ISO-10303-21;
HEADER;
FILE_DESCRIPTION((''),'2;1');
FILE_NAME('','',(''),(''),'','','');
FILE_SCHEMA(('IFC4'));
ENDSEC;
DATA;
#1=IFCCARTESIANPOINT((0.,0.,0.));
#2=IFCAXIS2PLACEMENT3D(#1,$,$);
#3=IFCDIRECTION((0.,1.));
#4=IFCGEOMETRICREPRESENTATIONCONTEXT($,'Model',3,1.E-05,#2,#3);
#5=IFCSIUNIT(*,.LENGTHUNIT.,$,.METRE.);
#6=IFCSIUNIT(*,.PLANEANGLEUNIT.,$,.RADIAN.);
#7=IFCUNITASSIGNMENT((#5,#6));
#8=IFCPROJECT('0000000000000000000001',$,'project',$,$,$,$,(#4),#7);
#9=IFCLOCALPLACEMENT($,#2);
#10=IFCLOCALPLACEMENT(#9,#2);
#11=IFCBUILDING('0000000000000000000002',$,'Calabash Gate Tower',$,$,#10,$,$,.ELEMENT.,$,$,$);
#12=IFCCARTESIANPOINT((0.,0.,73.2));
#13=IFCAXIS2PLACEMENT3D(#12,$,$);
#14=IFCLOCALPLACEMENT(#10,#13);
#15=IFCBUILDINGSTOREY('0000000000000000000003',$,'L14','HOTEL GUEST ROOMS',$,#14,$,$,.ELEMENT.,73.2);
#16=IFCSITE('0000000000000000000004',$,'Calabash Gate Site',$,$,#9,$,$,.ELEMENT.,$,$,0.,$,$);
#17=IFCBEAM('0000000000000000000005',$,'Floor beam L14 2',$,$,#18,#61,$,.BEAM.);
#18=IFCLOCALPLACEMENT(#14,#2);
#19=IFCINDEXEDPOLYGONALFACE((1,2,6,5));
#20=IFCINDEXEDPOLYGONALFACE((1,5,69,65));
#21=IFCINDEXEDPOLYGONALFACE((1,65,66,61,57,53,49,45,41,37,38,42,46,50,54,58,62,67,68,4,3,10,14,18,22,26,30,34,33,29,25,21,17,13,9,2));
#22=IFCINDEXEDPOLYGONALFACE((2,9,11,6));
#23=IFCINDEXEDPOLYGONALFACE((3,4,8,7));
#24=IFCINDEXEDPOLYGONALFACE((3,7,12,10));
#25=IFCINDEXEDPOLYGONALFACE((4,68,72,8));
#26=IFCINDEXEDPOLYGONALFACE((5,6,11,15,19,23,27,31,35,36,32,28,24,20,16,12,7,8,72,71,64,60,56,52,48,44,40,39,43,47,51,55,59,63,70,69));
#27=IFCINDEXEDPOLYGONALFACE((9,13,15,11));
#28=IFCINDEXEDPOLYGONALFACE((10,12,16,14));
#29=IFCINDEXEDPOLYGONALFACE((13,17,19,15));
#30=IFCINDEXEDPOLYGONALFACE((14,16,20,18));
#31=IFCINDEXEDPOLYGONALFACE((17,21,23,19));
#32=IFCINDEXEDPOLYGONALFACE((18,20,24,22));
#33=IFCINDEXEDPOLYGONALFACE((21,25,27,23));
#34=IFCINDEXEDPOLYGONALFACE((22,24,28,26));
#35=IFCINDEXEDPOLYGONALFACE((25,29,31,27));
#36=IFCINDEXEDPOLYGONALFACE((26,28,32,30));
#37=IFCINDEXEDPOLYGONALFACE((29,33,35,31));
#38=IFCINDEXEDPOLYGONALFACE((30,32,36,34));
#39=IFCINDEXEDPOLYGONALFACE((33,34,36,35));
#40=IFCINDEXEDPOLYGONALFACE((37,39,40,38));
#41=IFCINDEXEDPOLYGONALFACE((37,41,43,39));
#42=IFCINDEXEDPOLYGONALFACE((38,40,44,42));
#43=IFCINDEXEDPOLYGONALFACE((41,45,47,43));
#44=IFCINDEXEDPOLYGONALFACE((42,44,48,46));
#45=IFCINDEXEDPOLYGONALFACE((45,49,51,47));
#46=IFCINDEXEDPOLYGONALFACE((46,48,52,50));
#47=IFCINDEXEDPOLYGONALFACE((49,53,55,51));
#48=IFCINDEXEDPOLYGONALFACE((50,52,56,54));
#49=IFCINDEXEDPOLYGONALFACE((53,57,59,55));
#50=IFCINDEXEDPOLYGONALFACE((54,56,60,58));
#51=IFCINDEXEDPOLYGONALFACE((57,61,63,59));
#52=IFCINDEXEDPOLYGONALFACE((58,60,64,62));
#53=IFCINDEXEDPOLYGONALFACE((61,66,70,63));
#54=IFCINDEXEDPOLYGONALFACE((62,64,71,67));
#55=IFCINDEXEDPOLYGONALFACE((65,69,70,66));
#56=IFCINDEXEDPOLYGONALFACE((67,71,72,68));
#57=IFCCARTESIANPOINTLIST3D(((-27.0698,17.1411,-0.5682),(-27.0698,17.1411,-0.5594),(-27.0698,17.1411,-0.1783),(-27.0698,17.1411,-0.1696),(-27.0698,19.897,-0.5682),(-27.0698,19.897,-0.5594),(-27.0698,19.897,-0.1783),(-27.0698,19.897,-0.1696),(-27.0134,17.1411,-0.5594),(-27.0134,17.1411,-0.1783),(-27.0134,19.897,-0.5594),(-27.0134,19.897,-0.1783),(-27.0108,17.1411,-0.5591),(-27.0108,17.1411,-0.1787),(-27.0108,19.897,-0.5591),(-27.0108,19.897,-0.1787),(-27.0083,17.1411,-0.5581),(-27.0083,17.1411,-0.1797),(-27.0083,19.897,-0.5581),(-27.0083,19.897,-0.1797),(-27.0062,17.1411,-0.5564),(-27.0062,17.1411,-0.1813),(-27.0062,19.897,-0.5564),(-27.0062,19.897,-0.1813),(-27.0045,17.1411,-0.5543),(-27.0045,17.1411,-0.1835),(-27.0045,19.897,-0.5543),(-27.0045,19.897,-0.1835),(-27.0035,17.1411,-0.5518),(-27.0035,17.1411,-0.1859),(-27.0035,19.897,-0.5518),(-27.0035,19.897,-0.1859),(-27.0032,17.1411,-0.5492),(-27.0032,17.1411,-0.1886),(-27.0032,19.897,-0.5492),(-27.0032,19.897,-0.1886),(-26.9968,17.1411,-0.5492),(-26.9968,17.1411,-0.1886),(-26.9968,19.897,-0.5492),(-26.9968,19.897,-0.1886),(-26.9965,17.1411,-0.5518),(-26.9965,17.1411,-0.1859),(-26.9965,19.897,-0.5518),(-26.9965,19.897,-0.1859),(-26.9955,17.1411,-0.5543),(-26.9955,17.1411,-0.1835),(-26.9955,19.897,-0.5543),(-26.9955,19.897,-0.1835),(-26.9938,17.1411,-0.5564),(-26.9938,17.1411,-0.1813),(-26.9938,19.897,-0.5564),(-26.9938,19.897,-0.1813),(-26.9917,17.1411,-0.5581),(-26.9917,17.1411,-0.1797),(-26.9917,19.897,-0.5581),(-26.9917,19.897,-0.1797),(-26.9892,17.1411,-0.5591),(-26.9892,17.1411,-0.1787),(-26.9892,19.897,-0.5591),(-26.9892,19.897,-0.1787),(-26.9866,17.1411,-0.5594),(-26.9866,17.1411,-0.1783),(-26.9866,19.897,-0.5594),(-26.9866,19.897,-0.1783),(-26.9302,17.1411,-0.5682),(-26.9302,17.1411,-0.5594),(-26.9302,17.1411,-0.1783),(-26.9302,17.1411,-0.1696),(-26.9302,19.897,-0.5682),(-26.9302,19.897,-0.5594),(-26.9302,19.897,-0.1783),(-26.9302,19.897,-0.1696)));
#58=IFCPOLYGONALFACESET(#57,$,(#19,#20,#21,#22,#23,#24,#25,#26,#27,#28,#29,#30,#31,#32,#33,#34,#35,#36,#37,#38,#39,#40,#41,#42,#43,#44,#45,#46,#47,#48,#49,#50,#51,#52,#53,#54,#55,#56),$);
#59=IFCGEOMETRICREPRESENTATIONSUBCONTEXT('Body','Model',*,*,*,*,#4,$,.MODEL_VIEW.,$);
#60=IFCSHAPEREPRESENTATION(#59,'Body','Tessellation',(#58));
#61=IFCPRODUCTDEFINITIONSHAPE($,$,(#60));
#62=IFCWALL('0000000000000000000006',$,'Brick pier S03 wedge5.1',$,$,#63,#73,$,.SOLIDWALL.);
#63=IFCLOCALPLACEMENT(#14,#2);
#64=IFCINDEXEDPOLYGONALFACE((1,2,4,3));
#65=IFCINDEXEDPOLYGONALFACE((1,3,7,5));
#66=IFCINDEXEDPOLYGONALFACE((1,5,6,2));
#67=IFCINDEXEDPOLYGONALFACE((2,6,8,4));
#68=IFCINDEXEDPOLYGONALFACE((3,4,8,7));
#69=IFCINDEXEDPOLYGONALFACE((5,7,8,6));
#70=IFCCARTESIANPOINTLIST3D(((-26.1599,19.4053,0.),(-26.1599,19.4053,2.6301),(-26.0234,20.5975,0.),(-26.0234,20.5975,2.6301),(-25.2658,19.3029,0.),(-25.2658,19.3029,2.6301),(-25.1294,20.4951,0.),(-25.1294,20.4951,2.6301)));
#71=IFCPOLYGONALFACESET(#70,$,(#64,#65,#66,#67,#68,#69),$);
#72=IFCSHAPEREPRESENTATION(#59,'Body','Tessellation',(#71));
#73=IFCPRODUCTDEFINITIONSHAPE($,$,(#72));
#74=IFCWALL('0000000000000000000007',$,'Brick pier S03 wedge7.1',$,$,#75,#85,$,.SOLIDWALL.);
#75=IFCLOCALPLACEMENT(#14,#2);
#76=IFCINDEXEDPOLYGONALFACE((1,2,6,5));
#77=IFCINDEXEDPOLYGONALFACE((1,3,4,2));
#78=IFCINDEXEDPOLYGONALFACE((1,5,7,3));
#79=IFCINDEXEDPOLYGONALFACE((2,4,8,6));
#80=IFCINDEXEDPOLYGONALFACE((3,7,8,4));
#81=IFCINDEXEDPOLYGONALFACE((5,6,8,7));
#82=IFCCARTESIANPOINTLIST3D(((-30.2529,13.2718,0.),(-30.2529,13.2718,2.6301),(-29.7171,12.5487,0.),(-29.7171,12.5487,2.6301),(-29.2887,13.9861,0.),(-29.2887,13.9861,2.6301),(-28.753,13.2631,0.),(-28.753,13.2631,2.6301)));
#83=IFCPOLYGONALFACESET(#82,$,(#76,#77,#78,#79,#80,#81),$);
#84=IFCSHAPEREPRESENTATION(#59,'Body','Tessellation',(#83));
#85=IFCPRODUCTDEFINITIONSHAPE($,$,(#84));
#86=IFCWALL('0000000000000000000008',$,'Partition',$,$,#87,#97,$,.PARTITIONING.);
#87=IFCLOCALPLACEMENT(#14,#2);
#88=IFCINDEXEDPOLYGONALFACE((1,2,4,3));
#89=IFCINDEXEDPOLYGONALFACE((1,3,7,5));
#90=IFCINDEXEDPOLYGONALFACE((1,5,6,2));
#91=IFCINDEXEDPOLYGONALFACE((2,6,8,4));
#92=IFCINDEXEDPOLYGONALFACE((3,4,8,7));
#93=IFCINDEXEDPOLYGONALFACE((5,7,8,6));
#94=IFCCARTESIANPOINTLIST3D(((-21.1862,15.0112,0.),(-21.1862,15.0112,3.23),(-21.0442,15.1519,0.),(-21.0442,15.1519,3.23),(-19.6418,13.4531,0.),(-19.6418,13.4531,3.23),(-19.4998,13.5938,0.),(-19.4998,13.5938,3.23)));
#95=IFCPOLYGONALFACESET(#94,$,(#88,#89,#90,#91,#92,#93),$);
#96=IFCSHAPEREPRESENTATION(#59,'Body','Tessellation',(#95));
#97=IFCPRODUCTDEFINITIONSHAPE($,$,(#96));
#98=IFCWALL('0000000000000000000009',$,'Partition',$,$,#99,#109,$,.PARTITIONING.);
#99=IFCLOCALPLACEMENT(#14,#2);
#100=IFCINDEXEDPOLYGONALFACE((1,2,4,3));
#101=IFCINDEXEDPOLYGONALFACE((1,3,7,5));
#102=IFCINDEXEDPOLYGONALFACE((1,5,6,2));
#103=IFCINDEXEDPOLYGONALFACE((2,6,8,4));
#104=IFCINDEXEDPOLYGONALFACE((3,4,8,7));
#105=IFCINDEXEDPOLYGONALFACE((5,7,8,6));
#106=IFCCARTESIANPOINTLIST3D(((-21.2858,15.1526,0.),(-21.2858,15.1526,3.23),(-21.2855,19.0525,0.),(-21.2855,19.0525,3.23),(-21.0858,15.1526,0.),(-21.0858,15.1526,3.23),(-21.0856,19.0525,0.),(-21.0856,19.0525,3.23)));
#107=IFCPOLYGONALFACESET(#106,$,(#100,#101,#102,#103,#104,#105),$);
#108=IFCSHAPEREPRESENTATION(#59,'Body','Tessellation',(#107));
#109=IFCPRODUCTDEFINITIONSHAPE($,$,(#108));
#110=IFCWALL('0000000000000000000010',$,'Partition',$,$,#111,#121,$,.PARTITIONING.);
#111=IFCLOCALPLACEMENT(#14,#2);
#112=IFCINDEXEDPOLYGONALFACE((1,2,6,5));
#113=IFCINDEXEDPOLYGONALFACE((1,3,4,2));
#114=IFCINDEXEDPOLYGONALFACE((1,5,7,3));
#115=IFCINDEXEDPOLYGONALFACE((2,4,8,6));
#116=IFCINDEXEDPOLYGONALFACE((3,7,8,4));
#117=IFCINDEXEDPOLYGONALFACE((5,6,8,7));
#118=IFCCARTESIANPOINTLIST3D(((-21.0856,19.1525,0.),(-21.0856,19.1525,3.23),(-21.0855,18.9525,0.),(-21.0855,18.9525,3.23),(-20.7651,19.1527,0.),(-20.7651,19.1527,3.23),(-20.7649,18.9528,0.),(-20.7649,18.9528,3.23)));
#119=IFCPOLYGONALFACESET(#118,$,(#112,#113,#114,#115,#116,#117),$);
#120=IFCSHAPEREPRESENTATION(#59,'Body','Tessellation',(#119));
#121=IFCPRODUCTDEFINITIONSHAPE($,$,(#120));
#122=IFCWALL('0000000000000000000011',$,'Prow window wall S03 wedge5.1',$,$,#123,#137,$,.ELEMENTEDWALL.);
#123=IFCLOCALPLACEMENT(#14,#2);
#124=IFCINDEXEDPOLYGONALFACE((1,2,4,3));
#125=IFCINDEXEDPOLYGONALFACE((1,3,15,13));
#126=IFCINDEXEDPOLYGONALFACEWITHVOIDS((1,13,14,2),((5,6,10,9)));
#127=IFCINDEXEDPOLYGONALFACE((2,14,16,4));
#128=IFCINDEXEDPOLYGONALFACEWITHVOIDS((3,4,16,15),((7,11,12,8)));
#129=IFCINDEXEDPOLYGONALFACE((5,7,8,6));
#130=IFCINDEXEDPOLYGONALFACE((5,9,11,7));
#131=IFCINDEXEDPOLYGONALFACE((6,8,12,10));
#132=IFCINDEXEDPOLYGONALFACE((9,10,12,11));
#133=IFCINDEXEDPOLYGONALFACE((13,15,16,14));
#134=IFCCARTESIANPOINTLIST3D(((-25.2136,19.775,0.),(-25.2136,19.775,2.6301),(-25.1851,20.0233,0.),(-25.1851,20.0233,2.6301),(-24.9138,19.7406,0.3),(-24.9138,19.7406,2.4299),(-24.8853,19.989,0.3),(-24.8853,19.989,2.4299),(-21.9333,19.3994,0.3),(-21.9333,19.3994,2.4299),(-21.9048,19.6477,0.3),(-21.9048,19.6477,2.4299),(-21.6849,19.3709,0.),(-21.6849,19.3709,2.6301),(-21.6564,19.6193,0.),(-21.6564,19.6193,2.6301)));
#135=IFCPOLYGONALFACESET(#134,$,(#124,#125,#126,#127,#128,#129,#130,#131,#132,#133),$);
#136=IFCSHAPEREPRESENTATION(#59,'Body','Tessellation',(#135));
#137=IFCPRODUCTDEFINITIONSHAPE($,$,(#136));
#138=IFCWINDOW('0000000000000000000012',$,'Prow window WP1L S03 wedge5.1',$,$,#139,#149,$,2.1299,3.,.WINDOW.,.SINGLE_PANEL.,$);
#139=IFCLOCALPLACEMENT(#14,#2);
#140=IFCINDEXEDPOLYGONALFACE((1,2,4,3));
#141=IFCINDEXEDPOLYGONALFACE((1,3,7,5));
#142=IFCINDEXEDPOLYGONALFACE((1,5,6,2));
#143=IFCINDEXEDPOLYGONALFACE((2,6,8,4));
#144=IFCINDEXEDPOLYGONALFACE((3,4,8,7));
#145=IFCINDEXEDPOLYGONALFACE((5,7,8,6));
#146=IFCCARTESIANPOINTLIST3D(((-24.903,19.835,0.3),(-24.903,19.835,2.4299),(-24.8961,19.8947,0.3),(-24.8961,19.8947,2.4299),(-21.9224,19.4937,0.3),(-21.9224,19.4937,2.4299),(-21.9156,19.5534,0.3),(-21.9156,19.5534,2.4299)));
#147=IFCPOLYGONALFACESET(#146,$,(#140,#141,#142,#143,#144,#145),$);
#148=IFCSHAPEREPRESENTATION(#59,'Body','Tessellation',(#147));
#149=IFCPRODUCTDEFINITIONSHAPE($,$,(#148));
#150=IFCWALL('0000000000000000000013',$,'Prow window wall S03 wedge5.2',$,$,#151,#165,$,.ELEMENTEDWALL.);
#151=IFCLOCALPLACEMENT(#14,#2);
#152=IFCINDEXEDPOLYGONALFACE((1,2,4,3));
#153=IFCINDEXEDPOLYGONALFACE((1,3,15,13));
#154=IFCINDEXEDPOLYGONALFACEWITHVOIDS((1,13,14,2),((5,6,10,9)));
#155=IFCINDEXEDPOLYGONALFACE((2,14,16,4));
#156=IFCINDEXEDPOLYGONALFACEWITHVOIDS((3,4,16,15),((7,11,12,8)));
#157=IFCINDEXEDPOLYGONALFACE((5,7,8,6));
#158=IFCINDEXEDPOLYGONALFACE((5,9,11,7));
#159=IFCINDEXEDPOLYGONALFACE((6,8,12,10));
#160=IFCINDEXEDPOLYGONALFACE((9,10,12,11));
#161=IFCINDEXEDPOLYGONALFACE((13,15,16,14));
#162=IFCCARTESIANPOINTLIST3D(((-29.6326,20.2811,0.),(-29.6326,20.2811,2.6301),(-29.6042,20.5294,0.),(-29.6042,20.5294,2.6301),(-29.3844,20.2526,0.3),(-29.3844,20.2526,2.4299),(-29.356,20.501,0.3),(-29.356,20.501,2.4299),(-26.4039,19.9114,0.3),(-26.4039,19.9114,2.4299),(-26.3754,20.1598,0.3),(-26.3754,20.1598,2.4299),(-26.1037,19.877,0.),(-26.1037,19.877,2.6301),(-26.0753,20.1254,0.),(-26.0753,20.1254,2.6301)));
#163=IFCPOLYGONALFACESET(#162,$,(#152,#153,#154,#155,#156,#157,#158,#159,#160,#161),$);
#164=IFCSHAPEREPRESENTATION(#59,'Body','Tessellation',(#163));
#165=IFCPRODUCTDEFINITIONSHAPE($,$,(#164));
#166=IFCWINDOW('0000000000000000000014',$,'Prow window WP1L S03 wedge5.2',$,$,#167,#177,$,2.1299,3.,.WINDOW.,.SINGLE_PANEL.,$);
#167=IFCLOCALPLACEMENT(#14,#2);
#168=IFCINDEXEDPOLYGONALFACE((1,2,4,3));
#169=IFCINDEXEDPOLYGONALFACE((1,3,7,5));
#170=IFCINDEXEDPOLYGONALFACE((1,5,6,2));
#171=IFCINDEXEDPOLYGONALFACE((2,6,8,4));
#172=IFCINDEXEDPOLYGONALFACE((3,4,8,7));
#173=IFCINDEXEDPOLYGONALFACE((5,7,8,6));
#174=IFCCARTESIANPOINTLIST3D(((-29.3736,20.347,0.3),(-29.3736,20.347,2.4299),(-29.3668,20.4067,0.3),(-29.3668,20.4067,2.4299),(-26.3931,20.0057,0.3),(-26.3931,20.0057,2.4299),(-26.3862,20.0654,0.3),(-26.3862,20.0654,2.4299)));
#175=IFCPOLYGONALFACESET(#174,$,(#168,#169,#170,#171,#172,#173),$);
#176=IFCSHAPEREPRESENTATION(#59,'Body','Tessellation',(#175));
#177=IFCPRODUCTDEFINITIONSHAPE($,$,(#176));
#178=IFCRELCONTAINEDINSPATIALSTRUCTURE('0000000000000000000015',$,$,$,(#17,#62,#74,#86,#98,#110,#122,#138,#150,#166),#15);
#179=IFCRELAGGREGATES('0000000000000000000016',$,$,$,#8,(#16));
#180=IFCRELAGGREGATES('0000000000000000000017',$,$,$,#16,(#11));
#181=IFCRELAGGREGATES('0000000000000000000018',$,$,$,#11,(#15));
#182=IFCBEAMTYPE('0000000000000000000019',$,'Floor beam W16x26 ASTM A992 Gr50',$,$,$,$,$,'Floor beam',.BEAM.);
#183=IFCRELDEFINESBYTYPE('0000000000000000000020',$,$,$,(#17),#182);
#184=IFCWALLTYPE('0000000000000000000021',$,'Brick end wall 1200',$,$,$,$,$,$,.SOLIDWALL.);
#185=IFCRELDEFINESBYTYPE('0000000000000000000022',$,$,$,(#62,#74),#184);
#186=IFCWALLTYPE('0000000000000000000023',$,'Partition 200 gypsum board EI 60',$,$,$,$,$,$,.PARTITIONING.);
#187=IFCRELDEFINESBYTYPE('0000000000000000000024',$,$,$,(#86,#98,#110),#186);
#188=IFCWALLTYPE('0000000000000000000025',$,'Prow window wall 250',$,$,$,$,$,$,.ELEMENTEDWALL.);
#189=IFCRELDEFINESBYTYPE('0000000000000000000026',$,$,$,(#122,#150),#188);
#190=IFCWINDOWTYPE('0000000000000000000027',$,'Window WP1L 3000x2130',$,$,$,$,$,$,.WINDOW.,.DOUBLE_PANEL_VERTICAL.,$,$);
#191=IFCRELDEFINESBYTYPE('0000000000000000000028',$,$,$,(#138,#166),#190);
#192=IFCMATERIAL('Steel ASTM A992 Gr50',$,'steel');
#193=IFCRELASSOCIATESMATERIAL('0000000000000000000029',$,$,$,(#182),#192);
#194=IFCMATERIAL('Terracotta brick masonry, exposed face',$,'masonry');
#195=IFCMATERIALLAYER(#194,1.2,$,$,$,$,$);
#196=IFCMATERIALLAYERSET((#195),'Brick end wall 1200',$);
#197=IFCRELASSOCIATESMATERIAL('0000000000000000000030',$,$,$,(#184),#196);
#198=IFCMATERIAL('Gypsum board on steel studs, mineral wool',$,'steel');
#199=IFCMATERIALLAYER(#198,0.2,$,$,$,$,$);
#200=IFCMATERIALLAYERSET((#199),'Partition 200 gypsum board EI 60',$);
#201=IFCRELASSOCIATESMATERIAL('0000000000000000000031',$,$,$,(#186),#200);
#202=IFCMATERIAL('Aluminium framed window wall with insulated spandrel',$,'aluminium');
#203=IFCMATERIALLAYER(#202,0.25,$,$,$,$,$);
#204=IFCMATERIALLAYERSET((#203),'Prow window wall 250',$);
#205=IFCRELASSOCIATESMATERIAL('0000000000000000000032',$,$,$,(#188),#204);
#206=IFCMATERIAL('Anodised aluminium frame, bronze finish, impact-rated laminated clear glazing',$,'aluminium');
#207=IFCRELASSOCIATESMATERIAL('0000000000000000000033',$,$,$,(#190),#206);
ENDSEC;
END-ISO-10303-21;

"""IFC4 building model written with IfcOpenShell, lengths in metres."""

from ifc_helpers import new_model, si_unit, direction, frame, frame_2d, origin, origin_2d, place, context, subcontext, project, spatial, rectangle, i_section, extrude, material, layer, layer_set, material_profile, profile_set, type_object, element, fill, save


model = new_model("IFC4")

# Units and contexts
model_context = context("Model", 3, precision=1e-05, world=origin(), true_north=direction((0.0, 1.0)))
body_context = subcontext(model_context, "Body", "Model", "MODEL_VIEW")
ifc_project = project(units=[si_unit("LENGTHUNIT", "METRE"), si_unit("PLANEANGLEUNIT", "RADIAN")], contexts=[model_context])

# Site, building, storey
site_placement = place(None, origin())
site = spatial("IfcSite", under=ifc_project, at=site_placement, Name="Calabash Gate Site", CompositionType="ELEMENT", RefElevation=0.0)
building_placement = place(site_placement, origin())
building = spatial("IfcBuilding", under=site, at=building_placement, Name="Calabash Gate Tower", CompositionType="ELEMENT")
storey_placement = place(building_placement, frame((0.0, 0.0, 73.2)))
storey = spatial("IfcBuildingStorey", under=building, at=storey_placement, Name="L14", Description="HOTEL GUEST ROOMS", CompositionType="ELEMENT", Elevation=73.2)

# Beam
ifc_material_1 = material(Name="Steel ASTM A992 Gr50", Category="steel")
ifc_material_profile_1 = material_profile(ifc_material_1, i_section(OverallWidth=0.1396, OverallDepth=0.3987, WebThickness=0.0063, FlangeThickness=0.0088, FilletRadius=0.0103, at=origin_2d()))
ifc_profile_set_1 = profile_set([ifc_material_profile_1], Name="Steel ASTM A992 Gr50")
beam_type_1 = type_object("IfcBeamType", Name="Floor beam W16x26 ASTM A992 Gr50", ElementType="Floor beam", PredefinedType="BEAM", material=ifc_profile_set_1)
beam_1_placement = place(storey_placement, frame((-27.0, 17.1411, -0.3689), z_axis=(0.0, 1.0, 0.0), x_axis=(-1.0, 0.0, 0.0)))
element("IfcBeam", 1, at=beam_1_placement, inside=storey, type_object=beam_type_1, Name="Floor beam L14 2", PredefinedType="BEAM", context=body_context, shape_type="SweptSolid", body=[
    extrude(i_section(OverallWidth=0.1396, OverallDepth=0.3987, WebThickness=0.0063, FlangeThickness=0.0088, FilletRadius=0.0103, at=origin_2d()), origin(), (0.0, 0.0, 1.0), 2.7559),
])

# Walls
ifc_material_2 = material(Name="Terracotta brick masonry, exposed face", Category="masonry")
ifc_layer_1 = layer(ifc_material_2, 1.2)
ifc_layer_set_1 = layer_set([ifc_layer_1], Name="Brick end wall 1200")
wall_type_1 = type_object("IfcWallType", Name="Brick end wall 1200", PredefinedType="SOLIDWALL", material=ifc_layer_set_1)
for number, where, z_axis, x_axis, name in (
    (2, (-25.7129, 19.354, 0.0), (0.0, 0.0, 1.0), (0.113736, 0.993511, 0.0), "Brick pier S03 wedge5.1"),
    (3, (-29.9851, 12.9102, 0.0), (0.0, 0.0, 1.0), (0.803478, 0.595335, 0.0), "Brick pier S03 wedge7.1"),
):
    element("IfcWall", number, at=place(storey_placement, frame(where, z_axis=z_axis, x_axis=x_axis)), inside=storey, type_object=wall_type_1, Name=name, PredefinedType="SOLIDWALL", context=body_context, shape_type="SweptSolid", body=[
        extrude(rectangle(XDim=1.2, YDim=0.8999, at=frame_2d((0.6001, 0.0))), origin(), (0.0, 0.0, 1.0), 2.6301),
    ])
ifc_material_3 = material(Name="Gypsum board on steel studs, mineral wool", Category="steel")
ifc_layer_2 = layer(ifc_material_3, 0.2)
ifc_layer_set_2 = layer_set([ifc_layer_2], Name="Partition 200 gypsum board EI 60")
wall_type_2 = type_object("IfcWallType", Name="Partition 200 gypsum board EI 60", PredefinedType="PARTITIONING", material=ifc_layer_set_2)
wall_1_placement = place(storey_placement, frame((-21.1152, 15.0815, 0.0), z_axis=(0.0, 0.0, 1.0), x_axis=(0.703984, -0.710216, 0.0)))
element("IfcWall", 4, at=wall_1_placement, inside=storey, type_object=wall_type_2, Name="Partition", PredefinedType="PARTITIONING", context=body_context, shape_type="SweptSolid", body=[
    extrude(rectangle(XDim=2.1938, YDim=0.2, at=frame_2d((1.0969, 0.0))), origin(), (0.0, 0.0, 1.0), 3.23),
])
wall_2_placement = place(storey_placement, frame((-21.1858, 15.1526, 0.0), z_axis=(0.0, 0.0, 1.0), x_axis=(0.000063, 1.0, 0.0)))
element("IfcWall", 5, at=wall_2_placement, inside=storey, type_object=wall_type_2, Name="Partition", PredefinedType="PARTITIONING", context=body_context, shape_type="SweptSolid", body=[
    extrude(rectangle(XDim=3.8999, YDim=0.2, at=frame_2d((1.95, 0.0))), origin(), (0.0, 0.0, 1.0), 3.23),
])
wall_3_placement = place(storey_placement, frame((-21.0854, 19.0525, 0.0), z_axis=(0.0, 0.0, 1.0), x_axis=(1.0, 0.000762, 0.0)))
element("IfcWall", 6, at=wall_3_placement, inside=storey, type_object=wall_type_2, Name="Partition", PredefinedType="PARTITIONING", context=body_context, shape_type="SweptSolid", body=[
    extrude(rectangle(XDim=0.3206, YDim=0.2, at=frame_2d((0.1602, 0.0))), origin(), (0.0, 0.0, 1.0), 3.23),
])

# Walls, openings, windows
ifc_material_4 = material(Name="Aluminium framed window wall with insulated spandrel", Category="aluminium")
ifc_layer_3 = layer(ifc_material_4, 0.25)
ifc_layer_set_3 = layer_set([ifc_layer_3], Name="Prow window wall 250")
wall_type_3 = type_object("IfcWallType", Name="Prow window wall 250", PredefinedType="ELEMENTEDWALL", material=ifc_layer_set_3)
wall_4_placement = place(storey_placement, frame((-21.6707, 19.4951, 0.0), z_axis=(0.0, 0.0, 1.0), x_axis=(-0.993509, 0.113758, 0.0)))
wall_4 = element("IfcWall", 7, at=wall_4_placement, inside=storey, type_object=wall_type_3, Name="Prow window wall S03 wedge5.1", PredefinedType="ELEMENTEDWALL", context=body_context, shape_type="SweptSolid", body=[
    extrude(rectangle(XDim=3.5518, YDim=0.25, at=frame_2d((1.7759, 0.0))), origin(), (0.0, 0.0, 1.0), 2.6301),
])
opening_1_placement = place(wall_4_placement, frame((0.25, 0.0, 0.3)))
opening_1 = element("IfcOpeningElement", 8, at=opening_1_placement, cuts=wall_4, PredefinedType="OPENING", context=body_context, shape_type="SweptSolid", body=[
    extrude(rectangle(XDim=3.0, YDim=2.1299, at=frame_2d((1.5, 1.0649))), frame((0.0, 0.135, 0.0), z_axis=(0.0, -1.0, 0.0), x_axis=(1.0, 0.0, 0.0)), (0.0, 0.0, 1.0), 0.27),
])
ifc_material_5 = material(Name="Anodised aluminium frame, bronze finish, impact-rated laminated clear glazing", Category="aluminium")
window_type = type_object("IfcWindowType", Name="Window WP1L 3000x2130", PartitioningType="DOUBLE_PANEL_VERTICAL", PredefinedType="WINDOW", material=ifc_material_5)
window_1_placement = place(opening_1_placement, origin())
window_1 = element("IfcWindow", 9, at=window_1_placement, inside=storey, type_object=window_type, Name="Prow window WP1L S03 wedge5.1", OverallHeight=2.1299, OverallWidth=3.0, PartitioningType="SINGLE_PANEL", PredefinedType="WINDOW", context=body_context, shape_type="SweptSolid", body=[
    extrude(rectangle(XDim=3.0, YDim=2.1299, at=frame_2d((1.5, 1.0649))), frame((0.0, 0.03, 0.0), z_axis=(0.0, -1.0, 0.0), x_axis=(1.0, 0.0, 0.0)), (0.0, 0.0, 1.0), 0.0601),
])
fill(opening_1, window_1)
wall_5_placement = place(storey_placement, frame((-26.0896, 20.0012, 0.0), z_axis=(0.0, 0.0, 1.0), x_axis=(-0.993509, 0.11375, 0.0)))
wall_5 = element("IfcWall", 10, at=wall_5_placement, inside=storey, type_object=wall_type_3, Name="Prow window wall S03 wedge5.2", PredefinedType="ELEMENTEDWALL", context=body_context, shape_type="SweptSolid", body=[
    extrude(rectangle(XDim=3.552, YDim=0.25, at=frame_2d((1.7759, 0.0))), origin(), (0.0, 0.0, 1.0), 2.6301),
])
opening_2_placement = place(wall_5_placement, frame((0.302, 0.0, 0.3)))
opening_2 = element("IfcOpeningElement", 11, at=opening_2_placement, cuts=wall_5, PredefinedType="OPENING", context=body_context, shape_type="SweptSolid", body=[
    extrude(rectangle(XDim=3.0, YDim=2.1299, at=frame_2d((1.5, 1.0649))), frame((0.0, 0.135, 0.0), z_axis=(0.0, -1.0, 0.0), x_axis=(1.0, 0.0, 0.0)), (0.0, 0.0, 1.0), 0.27),
])
window_2_placement = place(opening_2_placement, origin())
window_2 = element("IfcWindow", 12, at=window_2_placement, inside=storey, type_object=window_type, Name="Prow window WP1L S03 wedge5.2", OverallHeight=2.1299, OverallWidth=3.0, PartitioningType="SINGLE_PANEL", PredefinedType="WINDOW", context=body_context, shape_type="SweptSolid", body=[
    extrude(rectangle(XDim=3.0, YDim=2.1299, at=frame_2d((1.5, 1.0649))), frame((0.0, 0.03, 0.0), z_axis=(0.0, -1.0, 0.0), x_axis=(1.0, 0.0, 0.0)), (0.0, 0.0, 1.0), 0.0601),
])
fill(opening_2, window_2)

save(model, "model.ifc")
